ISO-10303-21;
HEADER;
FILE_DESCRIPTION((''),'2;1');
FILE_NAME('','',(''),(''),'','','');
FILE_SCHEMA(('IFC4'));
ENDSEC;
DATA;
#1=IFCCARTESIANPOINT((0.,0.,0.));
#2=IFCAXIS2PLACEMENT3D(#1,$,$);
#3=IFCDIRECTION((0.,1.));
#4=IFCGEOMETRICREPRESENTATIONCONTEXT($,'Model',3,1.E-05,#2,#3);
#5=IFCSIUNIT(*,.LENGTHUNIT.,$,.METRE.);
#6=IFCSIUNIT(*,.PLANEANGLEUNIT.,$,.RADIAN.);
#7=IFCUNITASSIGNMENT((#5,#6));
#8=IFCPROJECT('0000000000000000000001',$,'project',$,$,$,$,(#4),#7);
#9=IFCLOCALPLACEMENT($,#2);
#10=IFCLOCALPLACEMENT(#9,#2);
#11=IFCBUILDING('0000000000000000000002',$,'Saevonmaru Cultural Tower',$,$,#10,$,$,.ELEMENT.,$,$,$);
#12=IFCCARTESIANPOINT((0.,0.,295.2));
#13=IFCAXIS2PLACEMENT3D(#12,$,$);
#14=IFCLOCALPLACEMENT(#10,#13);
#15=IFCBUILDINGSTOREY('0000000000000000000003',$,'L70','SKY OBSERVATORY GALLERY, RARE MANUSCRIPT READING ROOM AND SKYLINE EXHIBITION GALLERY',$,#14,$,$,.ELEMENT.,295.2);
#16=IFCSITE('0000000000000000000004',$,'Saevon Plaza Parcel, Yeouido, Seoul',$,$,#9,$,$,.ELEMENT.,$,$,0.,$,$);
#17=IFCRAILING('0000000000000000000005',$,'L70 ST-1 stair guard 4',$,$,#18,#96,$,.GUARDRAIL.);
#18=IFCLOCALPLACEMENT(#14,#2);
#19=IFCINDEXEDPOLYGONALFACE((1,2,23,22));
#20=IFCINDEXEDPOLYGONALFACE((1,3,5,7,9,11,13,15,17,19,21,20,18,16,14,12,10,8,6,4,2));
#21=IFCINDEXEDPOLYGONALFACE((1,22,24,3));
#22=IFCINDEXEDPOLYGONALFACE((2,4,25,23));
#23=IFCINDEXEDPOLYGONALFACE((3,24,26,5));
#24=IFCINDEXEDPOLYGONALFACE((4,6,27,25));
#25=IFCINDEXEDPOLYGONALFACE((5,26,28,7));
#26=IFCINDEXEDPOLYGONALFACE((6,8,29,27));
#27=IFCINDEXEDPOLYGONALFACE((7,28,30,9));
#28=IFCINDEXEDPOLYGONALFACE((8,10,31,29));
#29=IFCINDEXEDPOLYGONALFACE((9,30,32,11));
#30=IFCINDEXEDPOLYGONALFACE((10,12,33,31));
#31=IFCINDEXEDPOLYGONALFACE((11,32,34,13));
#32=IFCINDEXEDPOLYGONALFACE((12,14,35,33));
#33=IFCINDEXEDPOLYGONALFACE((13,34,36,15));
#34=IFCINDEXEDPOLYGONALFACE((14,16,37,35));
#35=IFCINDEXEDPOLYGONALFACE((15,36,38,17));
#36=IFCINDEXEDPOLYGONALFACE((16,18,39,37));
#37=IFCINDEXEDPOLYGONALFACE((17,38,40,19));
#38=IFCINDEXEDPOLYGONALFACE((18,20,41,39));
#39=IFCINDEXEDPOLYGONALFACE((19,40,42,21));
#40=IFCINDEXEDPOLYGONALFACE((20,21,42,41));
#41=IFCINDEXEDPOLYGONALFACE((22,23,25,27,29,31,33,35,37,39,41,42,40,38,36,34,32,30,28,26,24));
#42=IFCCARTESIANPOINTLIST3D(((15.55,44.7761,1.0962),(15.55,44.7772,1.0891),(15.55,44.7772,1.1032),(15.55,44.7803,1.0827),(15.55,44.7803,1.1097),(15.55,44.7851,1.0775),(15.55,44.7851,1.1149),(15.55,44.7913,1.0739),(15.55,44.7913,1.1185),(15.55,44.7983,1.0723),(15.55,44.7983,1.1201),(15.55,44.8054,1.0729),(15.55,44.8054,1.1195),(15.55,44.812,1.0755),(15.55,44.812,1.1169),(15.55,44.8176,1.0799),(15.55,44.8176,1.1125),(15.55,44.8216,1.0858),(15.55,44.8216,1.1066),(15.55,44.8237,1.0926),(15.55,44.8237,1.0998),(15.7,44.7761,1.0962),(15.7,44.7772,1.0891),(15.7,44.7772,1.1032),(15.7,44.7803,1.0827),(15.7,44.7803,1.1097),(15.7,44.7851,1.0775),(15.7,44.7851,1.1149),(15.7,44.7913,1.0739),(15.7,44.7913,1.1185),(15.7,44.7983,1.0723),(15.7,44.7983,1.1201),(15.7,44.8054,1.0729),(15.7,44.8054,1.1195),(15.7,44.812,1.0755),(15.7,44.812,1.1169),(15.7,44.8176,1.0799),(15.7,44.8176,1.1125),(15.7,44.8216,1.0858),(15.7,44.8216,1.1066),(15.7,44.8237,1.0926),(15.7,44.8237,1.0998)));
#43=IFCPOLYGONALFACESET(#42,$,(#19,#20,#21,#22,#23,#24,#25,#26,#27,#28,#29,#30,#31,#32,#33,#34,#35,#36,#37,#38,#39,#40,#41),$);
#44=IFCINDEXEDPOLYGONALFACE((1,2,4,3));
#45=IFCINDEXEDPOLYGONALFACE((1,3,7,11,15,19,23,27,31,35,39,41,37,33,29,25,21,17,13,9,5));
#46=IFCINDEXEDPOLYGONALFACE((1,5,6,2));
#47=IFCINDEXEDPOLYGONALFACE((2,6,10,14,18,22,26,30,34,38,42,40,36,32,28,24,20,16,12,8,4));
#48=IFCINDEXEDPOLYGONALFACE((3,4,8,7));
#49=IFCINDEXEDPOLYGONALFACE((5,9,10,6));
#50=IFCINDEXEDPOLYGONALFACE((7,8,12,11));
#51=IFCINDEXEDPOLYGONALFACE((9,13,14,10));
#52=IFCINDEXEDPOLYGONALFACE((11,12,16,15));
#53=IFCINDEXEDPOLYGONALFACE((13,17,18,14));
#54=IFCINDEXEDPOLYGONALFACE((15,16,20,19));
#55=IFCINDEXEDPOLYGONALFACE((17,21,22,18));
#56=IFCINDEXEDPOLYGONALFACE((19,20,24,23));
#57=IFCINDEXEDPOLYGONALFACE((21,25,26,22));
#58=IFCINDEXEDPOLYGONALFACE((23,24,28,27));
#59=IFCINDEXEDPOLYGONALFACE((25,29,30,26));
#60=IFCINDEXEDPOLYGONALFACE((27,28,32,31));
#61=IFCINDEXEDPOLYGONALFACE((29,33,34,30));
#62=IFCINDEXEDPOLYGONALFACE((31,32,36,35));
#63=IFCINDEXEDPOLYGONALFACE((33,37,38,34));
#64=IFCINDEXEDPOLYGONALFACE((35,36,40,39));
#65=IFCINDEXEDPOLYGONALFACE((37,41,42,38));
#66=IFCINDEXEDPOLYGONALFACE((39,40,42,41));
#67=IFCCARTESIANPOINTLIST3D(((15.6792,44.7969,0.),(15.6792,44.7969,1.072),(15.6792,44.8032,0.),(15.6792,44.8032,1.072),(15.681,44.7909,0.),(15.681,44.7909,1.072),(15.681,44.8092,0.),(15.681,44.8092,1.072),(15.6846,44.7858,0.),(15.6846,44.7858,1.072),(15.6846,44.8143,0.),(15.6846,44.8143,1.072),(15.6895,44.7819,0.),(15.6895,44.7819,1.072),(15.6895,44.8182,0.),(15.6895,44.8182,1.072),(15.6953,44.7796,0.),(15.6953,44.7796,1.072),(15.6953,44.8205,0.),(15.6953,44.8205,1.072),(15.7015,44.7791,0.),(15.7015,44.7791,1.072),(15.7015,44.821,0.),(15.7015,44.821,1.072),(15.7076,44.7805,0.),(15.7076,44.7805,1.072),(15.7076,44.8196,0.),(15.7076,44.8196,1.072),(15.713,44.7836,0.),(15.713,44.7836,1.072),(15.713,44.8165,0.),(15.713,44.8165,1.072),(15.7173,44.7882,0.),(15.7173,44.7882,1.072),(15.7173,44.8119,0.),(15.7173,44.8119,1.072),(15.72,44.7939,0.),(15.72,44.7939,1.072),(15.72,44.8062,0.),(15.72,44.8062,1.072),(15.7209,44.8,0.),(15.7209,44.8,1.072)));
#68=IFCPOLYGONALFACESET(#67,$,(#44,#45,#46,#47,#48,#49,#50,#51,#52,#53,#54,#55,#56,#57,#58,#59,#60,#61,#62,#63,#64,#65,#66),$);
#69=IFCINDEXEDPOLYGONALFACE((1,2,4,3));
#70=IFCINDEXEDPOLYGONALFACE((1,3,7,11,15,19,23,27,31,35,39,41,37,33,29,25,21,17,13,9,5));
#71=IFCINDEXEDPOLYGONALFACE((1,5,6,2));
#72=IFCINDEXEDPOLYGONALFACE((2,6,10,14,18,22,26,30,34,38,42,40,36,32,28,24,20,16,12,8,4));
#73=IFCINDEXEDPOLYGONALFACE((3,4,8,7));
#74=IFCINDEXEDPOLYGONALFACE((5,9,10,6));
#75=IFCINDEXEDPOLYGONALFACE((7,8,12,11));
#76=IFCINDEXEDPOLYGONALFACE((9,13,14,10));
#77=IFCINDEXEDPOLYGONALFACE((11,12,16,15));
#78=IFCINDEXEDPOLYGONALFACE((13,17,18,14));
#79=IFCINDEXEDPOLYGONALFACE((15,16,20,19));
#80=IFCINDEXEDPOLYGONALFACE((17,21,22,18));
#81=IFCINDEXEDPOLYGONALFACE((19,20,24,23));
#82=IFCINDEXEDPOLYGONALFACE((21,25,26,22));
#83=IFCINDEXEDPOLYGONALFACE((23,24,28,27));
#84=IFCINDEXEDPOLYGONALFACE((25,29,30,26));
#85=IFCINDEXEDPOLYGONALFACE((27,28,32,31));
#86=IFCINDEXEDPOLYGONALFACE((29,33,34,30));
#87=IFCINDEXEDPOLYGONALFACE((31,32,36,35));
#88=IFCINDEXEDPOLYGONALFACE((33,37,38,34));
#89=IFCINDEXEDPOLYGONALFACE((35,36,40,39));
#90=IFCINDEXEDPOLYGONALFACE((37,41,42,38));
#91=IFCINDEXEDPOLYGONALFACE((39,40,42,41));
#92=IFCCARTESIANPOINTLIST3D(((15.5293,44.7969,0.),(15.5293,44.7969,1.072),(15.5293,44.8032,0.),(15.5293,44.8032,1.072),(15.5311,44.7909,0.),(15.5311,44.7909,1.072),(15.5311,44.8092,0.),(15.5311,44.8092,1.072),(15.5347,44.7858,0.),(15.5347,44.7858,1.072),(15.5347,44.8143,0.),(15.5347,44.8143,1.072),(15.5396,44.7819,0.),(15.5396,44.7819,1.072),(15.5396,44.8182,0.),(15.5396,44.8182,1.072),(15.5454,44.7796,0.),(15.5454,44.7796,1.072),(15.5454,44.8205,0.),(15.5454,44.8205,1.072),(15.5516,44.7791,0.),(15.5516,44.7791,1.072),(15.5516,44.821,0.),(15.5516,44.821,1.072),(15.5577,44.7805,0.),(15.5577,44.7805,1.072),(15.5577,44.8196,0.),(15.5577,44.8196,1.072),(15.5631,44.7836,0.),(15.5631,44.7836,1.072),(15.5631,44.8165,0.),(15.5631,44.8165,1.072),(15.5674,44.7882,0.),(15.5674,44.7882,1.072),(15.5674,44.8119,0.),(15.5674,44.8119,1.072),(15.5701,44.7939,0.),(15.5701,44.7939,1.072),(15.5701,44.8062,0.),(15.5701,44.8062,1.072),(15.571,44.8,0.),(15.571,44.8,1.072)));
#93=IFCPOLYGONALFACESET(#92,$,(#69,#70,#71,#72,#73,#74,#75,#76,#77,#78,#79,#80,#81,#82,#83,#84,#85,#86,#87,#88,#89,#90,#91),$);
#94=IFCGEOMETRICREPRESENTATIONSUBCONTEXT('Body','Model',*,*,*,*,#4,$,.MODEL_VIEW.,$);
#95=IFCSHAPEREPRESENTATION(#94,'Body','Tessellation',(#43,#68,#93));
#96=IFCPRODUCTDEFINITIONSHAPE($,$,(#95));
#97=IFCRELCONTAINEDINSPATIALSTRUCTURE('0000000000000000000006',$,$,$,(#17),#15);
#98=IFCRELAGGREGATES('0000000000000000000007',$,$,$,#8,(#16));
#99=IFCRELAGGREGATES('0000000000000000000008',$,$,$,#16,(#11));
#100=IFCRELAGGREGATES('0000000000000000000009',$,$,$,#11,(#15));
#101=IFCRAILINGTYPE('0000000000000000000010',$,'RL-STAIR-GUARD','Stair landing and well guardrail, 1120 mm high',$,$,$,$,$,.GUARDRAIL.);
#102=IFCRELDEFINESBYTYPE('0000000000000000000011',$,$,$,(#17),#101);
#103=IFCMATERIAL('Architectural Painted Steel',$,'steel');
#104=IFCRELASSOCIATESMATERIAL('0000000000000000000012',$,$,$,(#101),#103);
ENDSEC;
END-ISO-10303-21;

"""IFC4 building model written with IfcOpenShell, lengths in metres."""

from ifc_helpers import new_model, si_unit, direction, frame, origin, origin_2d, place, context, subcontext, project, spatial, circle, extrude, material, type_object, element, save


model = new_model("IFC4")

# Units and contexts
model_context = context("Model", 3, precision=1e-05, world=origin(), true_north=direction((0.0, 1.0)))
body_context = subcontext(model_context, "Body", "Model", "MODEL_VIEW")
ifc_project = project(units=[si_unit("LENGTHUNIT", "METRE"), si_unit("PLANEANGLEUNIT", "RADIAN")], contexts=[model_context])

# Site, building, storey
site_placement = place(None, origin())
site = spatial("IfcSite", under=ifc_project, at=site_placement, Name="Saevon Plaza Parcel, Yeouido, Seoul", CompositionType="ELEMENT", RefElevation=0.0)
building_placement = place(site_placement, origin())
building = spatial("IfcBuilding", under=site, at=building_placement, Name="Saevonmaru Cultural Tower", CompositionType="ELEMENT")
storey_placement = place(building_placement, frame((0.0, 0.0, 295.2)))
storey = spatial("IfcBuildingStorey", under=building, at=storey_placement, Name="L70", Description="SKY OBSERVATORY GALLERY, RARE MANUSCRIPT READING ROOM AND SKYLINE EXHIBITION GALLERY", CompositionType="ELEMENT", Elevation=295.2)

# Railing
ifc_material_1 = material(Name="Architectural Painted Steel", Category="steel")
railing_type_1 = type_object("IfcRailingType", Name="RL-STAIR-GUARD", Description="Stair landing and well guardrail, 1120 mm high", PredefinedType="GUARDRAIL", material=ifc_material_1)
railing_1_placement = place(storey_placement, frame((15.7, 44.8, 0.0)))
element("IfcRailing", 1, at=railing_1_placement, inside=storey, type_object=railing_type_1, Name="L70 ST-1 stair guard 4", PredefinedType="GUARDRAIL", context=body_context, shape_type="SweptSolid", body=[
    extrude(circle(Radius=0.0239, at=origin_2d()), frame((0.0, 0.0, 1.0962), z_axis=(-1.0, 0.0, 0.0), x_axis=(0.0, -1.0, 0.0)), (0.0, 0.0, 1.0), 0.1499),
    extrude(circle(Radius=0.021, at=origin_2d()), origin(), (0.0, 0.0, 1.0), 1.072),
    extrude(circle(Radius=0.021, at=origin_2d()), frame((-0.1499, 0.0, 0.0)), (0.0, 0.0, 1.0), 1.072),
])

save(model, "model.ifc")
